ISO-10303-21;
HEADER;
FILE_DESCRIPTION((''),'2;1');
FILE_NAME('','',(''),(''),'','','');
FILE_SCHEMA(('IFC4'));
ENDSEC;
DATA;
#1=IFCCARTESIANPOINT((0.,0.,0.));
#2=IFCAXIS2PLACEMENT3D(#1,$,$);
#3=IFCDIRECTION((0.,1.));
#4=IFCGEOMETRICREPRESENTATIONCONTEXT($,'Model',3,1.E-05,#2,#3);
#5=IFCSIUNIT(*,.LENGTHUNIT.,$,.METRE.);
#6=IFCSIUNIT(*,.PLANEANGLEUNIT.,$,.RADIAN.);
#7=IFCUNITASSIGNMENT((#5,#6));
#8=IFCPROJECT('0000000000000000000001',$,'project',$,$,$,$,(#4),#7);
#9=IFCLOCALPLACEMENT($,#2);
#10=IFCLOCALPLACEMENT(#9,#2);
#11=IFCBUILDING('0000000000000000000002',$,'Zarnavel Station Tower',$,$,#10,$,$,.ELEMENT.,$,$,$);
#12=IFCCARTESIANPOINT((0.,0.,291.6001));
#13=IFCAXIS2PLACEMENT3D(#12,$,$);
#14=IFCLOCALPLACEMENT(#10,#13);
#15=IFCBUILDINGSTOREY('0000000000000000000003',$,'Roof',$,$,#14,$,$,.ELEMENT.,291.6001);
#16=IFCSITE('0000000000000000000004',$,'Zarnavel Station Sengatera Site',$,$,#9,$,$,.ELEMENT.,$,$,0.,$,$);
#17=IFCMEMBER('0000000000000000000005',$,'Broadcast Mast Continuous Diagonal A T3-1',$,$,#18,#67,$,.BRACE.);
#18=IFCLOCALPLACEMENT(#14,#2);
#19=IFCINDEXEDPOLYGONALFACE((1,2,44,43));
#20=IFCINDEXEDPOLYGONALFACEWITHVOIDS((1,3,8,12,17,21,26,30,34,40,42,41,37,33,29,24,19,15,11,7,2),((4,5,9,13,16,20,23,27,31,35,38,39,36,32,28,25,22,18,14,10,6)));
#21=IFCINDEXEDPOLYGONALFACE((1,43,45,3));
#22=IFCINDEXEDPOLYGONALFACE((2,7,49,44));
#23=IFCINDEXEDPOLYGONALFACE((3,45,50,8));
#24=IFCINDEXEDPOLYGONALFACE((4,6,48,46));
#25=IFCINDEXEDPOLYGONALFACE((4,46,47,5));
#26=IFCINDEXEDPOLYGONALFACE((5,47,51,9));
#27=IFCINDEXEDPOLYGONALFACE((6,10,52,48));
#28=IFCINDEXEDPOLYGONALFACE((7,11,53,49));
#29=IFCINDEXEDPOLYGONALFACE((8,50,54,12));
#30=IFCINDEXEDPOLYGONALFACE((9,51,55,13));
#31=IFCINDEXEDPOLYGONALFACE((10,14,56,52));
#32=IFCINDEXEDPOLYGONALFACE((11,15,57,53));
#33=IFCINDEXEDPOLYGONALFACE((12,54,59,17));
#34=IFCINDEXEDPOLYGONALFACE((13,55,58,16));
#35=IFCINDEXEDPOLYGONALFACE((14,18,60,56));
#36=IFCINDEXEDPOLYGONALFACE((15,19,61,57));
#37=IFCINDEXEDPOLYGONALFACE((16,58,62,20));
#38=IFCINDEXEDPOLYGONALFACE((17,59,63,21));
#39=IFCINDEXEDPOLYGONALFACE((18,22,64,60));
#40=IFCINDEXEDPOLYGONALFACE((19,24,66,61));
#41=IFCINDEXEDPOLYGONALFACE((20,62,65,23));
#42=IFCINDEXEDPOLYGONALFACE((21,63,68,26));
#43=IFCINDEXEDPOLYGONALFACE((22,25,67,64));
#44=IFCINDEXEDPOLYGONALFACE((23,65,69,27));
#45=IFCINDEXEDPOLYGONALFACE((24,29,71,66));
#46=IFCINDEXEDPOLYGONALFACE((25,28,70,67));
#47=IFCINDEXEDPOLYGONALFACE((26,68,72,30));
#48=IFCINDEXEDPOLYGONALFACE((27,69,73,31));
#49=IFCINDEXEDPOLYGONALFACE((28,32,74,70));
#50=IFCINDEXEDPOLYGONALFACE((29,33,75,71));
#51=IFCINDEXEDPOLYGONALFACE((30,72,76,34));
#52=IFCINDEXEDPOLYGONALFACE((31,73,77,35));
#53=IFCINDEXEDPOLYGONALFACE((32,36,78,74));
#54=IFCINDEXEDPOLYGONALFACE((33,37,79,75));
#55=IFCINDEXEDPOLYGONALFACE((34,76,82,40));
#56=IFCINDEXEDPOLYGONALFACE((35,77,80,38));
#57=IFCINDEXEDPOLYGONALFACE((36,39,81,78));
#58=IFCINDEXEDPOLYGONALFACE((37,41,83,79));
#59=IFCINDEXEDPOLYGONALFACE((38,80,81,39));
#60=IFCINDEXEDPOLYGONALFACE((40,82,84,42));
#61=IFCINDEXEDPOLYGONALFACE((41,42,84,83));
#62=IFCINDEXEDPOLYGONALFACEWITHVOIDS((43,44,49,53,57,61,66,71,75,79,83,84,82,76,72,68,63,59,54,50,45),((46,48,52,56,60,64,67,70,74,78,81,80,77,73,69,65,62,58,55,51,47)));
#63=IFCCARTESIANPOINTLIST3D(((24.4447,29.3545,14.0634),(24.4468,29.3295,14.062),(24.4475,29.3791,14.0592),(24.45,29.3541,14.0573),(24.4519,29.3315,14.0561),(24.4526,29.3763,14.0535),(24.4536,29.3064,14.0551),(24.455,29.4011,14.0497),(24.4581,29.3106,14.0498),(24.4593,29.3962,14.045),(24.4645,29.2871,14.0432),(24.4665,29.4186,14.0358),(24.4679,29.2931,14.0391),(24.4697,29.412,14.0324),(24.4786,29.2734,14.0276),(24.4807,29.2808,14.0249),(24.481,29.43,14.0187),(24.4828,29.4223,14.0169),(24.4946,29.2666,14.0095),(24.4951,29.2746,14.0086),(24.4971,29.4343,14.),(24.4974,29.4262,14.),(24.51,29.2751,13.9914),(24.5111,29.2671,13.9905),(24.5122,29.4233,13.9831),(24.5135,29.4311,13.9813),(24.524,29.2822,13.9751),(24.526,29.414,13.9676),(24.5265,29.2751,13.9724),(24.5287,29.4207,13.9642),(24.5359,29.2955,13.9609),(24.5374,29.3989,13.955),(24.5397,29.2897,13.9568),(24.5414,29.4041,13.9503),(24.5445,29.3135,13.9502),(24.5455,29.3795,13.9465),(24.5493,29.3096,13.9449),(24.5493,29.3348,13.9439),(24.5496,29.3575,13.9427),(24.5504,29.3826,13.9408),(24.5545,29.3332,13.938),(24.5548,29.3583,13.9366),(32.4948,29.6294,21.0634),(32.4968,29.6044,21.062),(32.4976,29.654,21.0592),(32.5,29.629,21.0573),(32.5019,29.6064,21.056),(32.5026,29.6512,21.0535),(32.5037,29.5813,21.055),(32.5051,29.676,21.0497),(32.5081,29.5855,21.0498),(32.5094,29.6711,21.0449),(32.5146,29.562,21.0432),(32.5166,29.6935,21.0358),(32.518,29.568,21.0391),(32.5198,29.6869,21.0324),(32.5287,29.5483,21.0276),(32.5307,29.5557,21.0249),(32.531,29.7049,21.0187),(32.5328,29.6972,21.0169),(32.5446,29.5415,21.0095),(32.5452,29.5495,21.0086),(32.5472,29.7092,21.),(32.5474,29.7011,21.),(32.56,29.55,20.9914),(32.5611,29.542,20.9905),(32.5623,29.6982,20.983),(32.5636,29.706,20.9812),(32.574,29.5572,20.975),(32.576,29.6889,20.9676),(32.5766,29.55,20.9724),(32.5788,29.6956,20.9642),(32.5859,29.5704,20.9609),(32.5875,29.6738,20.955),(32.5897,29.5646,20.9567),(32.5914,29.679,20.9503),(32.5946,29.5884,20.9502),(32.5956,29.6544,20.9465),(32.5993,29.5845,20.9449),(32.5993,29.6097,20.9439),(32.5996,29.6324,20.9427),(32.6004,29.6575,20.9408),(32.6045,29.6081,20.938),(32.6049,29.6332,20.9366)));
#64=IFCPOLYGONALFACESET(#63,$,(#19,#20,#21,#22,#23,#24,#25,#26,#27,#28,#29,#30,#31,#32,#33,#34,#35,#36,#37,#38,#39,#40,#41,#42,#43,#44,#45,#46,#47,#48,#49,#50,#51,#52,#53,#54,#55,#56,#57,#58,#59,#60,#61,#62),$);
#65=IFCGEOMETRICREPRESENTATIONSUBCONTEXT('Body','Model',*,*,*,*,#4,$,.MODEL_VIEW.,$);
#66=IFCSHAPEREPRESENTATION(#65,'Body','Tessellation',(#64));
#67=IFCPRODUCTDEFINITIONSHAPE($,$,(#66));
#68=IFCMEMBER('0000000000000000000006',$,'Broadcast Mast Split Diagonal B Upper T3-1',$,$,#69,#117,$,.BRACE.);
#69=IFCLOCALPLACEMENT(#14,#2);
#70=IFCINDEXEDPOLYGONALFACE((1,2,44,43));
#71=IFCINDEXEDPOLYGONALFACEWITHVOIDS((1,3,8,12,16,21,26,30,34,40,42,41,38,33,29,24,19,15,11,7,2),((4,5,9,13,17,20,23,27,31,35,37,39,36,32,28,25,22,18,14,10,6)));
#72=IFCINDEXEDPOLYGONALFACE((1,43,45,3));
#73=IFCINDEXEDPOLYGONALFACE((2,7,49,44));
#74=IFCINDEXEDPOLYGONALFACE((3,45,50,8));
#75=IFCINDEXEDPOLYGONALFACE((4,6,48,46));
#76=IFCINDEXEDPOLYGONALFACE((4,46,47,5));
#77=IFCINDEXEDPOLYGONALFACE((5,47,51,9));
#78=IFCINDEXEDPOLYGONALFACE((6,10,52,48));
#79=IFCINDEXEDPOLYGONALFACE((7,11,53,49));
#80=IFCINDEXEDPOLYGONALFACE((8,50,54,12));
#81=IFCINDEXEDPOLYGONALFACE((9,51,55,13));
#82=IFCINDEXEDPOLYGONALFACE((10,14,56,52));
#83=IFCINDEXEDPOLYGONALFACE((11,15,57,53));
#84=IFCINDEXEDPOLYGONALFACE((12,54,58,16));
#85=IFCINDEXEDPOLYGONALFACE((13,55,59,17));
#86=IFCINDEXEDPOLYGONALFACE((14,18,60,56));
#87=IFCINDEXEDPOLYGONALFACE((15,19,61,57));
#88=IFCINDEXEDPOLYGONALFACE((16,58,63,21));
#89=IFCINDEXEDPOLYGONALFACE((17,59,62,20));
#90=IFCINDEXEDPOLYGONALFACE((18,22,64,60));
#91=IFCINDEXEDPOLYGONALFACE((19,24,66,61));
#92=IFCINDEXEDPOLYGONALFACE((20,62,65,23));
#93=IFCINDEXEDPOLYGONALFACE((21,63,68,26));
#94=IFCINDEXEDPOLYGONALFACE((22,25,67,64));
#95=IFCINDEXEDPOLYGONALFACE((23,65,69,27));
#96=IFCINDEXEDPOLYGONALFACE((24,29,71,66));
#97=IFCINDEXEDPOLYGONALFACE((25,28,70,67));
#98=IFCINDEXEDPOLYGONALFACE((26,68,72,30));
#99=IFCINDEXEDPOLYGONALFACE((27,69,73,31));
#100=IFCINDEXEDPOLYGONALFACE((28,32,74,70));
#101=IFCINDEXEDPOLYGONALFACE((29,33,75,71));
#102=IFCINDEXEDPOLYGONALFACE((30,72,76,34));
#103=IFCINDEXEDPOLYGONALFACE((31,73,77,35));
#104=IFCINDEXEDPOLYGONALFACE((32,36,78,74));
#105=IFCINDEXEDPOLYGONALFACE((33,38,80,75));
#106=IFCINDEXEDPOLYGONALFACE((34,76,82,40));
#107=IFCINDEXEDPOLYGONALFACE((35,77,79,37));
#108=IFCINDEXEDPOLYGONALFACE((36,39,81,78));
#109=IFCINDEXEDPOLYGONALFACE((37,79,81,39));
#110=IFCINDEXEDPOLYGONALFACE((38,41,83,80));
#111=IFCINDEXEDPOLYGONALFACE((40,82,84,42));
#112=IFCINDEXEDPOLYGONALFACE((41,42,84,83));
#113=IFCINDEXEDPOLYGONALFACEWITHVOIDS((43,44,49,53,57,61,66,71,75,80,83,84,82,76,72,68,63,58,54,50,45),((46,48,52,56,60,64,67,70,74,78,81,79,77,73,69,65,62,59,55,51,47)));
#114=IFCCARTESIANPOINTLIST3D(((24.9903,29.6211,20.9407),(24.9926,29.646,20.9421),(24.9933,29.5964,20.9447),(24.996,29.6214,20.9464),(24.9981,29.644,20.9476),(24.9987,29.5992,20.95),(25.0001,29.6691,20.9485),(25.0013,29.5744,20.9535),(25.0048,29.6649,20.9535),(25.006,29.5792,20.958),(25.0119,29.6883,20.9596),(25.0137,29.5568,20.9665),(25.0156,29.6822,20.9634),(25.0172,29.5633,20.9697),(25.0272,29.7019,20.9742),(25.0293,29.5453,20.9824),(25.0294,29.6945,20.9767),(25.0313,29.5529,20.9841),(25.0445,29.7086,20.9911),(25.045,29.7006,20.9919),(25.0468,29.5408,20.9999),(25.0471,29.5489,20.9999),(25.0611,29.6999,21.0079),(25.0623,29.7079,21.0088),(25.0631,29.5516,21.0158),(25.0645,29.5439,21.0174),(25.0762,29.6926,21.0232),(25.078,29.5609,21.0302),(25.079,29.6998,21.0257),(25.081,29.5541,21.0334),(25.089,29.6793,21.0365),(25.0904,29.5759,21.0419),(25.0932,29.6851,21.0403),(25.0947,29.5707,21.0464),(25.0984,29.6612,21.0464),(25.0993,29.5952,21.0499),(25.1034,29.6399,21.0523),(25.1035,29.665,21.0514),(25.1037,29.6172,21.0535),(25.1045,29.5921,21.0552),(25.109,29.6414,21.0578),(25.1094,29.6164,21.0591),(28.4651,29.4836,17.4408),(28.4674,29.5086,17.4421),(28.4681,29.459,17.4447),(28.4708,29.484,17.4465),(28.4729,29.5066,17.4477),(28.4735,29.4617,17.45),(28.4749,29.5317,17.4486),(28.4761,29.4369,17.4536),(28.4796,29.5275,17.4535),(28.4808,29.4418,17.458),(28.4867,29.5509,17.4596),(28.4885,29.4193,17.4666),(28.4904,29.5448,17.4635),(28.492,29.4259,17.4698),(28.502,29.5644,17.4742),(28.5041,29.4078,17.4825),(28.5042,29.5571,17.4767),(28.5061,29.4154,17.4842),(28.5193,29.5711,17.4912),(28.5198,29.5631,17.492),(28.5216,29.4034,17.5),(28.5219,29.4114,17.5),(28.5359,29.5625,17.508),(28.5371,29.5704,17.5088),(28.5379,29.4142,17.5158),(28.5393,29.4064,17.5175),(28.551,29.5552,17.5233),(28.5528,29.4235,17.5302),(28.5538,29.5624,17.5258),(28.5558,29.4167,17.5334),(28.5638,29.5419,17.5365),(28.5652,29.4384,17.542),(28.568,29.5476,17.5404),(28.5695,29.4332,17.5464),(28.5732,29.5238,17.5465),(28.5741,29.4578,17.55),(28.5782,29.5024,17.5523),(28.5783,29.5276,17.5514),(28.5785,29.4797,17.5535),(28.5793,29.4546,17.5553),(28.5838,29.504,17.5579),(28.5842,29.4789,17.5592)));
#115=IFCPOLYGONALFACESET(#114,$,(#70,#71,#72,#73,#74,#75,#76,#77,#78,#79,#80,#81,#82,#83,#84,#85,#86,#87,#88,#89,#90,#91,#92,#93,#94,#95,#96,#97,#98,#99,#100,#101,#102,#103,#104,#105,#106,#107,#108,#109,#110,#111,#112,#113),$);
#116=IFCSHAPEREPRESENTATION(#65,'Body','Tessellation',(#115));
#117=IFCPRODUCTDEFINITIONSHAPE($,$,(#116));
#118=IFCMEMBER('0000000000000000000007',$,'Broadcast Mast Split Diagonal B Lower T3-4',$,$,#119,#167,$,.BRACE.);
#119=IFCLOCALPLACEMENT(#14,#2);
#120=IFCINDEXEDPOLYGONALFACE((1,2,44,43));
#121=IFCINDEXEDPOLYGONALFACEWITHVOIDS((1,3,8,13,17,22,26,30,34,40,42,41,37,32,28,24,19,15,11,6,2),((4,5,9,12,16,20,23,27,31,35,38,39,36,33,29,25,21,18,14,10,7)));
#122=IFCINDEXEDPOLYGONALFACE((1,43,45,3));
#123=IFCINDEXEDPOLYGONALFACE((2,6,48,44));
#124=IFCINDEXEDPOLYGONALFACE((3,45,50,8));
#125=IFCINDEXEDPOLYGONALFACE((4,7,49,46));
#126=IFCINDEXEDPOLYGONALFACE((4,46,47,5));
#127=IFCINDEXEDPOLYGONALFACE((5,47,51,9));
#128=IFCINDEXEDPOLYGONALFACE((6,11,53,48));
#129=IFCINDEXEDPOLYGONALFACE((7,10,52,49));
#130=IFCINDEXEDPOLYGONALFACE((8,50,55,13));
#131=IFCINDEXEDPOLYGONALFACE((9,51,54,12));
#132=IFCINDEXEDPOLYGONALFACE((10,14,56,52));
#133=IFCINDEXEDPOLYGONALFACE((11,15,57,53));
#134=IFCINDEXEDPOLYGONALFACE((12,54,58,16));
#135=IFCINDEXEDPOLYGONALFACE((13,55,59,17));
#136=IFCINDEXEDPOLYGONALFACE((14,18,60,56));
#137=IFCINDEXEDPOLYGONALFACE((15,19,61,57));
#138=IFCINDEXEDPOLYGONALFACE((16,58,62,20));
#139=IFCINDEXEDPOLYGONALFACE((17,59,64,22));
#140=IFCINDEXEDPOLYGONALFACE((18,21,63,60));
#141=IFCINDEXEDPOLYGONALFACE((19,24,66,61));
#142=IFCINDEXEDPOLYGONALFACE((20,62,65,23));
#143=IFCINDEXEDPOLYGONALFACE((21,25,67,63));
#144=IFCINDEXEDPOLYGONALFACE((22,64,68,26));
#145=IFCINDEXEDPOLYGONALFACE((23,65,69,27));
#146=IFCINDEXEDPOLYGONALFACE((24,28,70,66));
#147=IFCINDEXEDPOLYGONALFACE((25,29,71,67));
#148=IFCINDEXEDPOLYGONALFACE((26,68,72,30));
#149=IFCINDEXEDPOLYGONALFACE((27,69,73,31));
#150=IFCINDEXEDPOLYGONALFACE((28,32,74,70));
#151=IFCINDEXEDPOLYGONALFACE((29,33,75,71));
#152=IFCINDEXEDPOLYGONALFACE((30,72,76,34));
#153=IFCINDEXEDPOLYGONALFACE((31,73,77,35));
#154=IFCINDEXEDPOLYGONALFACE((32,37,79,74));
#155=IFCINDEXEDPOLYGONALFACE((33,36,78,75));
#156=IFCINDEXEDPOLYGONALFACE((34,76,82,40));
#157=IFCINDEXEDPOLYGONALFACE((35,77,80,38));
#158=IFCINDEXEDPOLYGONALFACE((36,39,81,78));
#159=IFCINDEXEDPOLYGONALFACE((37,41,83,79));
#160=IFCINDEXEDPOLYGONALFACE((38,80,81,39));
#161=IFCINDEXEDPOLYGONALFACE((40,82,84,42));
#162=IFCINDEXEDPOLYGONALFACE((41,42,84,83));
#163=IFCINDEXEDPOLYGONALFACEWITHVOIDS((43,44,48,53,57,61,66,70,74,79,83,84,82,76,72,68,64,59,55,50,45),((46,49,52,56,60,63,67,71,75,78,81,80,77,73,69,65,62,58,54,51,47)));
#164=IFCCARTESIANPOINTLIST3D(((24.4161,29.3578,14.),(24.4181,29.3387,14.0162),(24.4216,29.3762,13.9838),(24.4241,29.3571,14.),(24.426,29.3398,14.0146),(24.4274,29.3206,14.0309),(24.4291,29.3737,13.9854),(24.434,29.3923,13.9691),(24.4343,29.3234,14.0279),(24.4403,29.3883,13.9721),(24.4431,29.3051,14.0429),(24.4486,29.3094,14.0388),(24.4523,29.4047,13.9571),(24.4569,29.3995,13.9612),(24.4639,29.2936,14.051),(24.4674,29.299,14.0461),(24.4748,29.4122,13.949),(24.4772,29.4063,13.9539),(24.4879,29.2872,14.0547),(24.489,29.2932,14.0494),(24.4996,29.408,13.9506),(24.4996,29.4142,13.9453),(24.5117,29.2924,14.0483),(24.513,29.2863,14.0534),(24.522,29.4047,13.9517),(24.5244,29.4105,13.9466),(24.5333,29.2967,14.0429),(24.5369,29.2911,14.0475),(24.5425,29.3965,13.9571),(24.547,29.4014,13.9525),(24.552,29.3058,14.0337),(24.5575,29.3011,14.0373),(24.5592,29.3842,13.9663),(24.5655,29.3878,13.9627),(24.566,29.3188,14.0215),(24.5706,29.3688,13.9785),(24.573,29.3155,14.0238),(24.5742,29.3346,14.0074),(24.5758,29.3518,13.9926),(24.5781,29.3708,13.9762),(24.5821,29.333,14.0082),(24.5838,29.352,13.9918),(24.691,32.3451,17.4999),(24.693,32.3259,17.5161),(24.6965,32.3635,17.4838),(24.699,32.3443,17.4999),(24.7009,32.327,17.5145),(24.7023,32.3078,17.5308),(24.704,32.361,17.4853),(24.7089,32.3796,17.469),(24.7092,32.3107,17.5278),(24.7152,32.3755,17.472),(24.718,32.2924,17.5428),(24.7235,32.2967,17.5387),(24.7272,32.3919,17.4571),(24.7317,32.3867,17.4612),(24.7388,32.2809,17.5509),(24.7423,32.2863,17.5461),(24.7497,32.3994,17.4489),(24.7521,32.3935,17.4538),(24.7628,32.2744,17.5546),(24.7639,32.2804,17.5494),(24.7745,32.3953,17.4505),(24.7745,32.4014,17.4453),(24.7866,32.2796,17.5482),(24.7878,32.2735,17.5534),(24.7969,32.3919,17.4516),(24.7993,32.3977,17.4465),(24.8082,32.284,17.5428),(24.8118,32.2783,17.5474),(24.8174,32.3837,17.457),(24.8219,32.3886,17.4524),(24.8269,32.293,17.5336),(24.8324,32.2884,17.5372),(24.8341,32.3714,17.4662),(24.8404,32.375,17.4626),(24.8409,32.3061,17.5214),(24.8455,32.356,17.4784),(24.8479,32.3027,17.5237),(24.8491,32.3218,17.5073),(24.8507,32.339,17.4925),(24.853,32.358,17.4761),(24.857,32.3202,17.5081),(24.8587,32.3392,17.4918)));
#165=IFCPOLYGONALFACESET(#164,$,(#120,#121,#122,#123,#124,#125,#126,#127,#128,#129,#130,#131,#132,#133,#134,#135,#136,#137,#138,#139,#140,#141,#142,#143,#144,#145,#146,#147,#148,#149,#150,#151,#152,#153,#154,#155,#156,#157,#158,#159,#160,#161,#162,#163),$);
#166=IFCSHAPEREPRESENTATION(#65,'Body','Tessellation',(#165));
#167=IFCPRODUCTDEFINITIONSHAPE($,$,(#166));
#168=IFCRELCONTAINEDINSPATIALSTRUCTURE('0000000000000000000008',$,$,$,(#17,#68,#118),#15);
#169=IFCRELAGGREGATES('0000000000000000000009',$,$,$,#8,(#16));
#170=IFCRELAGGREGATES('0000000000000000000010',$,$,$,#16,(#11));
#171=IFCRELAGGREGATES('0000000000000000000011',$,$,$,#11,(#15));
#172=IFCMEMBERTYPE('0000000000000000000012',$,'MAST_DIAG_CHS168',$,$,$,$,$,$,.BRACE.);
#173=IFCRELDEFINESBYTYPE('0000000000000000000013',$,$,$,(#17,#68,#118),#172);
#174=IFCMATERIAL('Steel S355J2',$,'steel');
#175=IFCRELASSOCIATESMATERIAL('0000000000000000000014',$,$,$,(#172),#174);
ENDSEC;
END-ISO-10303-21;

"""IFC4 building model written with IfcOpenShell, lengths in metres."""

from ifc_helpers import new_model, si_unit, direction, frame, origin, origin_2d, place, context, subcontext, project, spatial, hollow_circle, extrude, material, material_profile, profile_set, type_object, element, save


model = new_model("IFC4")

# Units and contexts
model_context = context("Model", 3, precision=1e-05, world=origin(), true_north=direction((0.0, 1.0)))
body_context = subcontext(model_context, "Body", "Model", "MODEL_VIEW")
ifc_project = project(units=[si_unit("LENGTHUNIT", "METRE"), si_unit("PLANEANGLEUNIT", "RADIAN")], contexts=[model_context])

# Site, building, storey
site_placement = place(None, origin())
site = spatial("IfcSite", under=ifc_project, at=site_placement, Name="Zarnavel Station Sengatera Site", CompositionType="ELEMENT", RefElevation=0.0)
building_placement = place(site_placement, origin())
building = spatial("IfcBuilding", under=site, at=building_placement, Name="Zarnavel Station Tower", CompositionType="ELEMENT")
storey_placement = place(building_placement, frame((0.0, 0.0, 291.6001)))
storey = spatial("IfcBuildingStorey", under=building, at=storey_placement, Name="Roof", CompositionType="ELEMENT", Elevation=291.6001)

# Members
ifc_material_1 = material(Name="Steel S355J2", Category="steel")
ifc_material_profile_1 = material_profile(ifc_material_1, hollow_circle(Radius=0.0842, WallThickness=0.0081, at=origin_2d()), Name="CHS168.3x8")
ifc_profile_set_1 = profile_set([ifc_material_profile_1], Name="Steel S355J2")
member_type_1 = type_object("IfcMemberType", Name="MAST_DIAG_CHS168", PredefinedType="BRACE", material=ifc_profile_set_1)
member_1_placement = place(storey_placement, frame((24.5, 29.3501, 14.0), z_axis=(0.754357, 0.025761, 0.655959), x_axis=(-0.034129, 0.999417, 0.0)))
element("IfcMember", 1, at=member_1_placement, inside=storey, type_object=member_type_1, Name="Broadcast Mast Continuous Diagonal A T3-1", PredefinedType="BRACE", context=body_context, shape_type="SweptSolid", body=[
    extrude(hollow_circle(Radius=0.0842, WallThickness=0.0081, at=origin_2d()), origin(), (0.0, 0.0, 1.0), 10.6714),
])
member_2_placement = place(storey_placement, frame((28.5249, 29.4875, 17.5), z_axis=(-0.704279, 0.027858, 0.709376), x_axis=(-0.039525, -0.999219, 0.0)))
element("IfcMember", 2, at=member_2_placement, inside=storey, type_object=member_type_1, Name="Broadcast Mast Split Diagonal B Upper T3-1", PredefinedType="BRACE", context=body_context, shape_type="SweptSolid", body=[
    extrude(hollow_circle(Radius=0.0842, WallThickness=0.0081, at=origin_2d()), origin(), (0.0, 0.0, 1.0), 4.9338),
])
member_3_placement = place(storey_placement, frame((24.5, 29.3501, 14.0), z_axis=(0.059635, 0.648044, 0.759264), x_axis=(-0.995793, 0.091636, 0.0)))
element("IfcMember", 3, at=member_3_placement, inside=storey, type_object=member_type_1, Name="Broadcast Mast Split Diagonal B Lower T3-4", PredefinedType="BRACE", context=body_context, shape_type="SweptSolid", body=[
    extrude(hollow_circle(Radius=0.0842, WallThickness=0.0081, at=origin_2d()), origin(), (0.0, 0.0, 1.0), 4.6096),
])

save(model, "model.ifc")
